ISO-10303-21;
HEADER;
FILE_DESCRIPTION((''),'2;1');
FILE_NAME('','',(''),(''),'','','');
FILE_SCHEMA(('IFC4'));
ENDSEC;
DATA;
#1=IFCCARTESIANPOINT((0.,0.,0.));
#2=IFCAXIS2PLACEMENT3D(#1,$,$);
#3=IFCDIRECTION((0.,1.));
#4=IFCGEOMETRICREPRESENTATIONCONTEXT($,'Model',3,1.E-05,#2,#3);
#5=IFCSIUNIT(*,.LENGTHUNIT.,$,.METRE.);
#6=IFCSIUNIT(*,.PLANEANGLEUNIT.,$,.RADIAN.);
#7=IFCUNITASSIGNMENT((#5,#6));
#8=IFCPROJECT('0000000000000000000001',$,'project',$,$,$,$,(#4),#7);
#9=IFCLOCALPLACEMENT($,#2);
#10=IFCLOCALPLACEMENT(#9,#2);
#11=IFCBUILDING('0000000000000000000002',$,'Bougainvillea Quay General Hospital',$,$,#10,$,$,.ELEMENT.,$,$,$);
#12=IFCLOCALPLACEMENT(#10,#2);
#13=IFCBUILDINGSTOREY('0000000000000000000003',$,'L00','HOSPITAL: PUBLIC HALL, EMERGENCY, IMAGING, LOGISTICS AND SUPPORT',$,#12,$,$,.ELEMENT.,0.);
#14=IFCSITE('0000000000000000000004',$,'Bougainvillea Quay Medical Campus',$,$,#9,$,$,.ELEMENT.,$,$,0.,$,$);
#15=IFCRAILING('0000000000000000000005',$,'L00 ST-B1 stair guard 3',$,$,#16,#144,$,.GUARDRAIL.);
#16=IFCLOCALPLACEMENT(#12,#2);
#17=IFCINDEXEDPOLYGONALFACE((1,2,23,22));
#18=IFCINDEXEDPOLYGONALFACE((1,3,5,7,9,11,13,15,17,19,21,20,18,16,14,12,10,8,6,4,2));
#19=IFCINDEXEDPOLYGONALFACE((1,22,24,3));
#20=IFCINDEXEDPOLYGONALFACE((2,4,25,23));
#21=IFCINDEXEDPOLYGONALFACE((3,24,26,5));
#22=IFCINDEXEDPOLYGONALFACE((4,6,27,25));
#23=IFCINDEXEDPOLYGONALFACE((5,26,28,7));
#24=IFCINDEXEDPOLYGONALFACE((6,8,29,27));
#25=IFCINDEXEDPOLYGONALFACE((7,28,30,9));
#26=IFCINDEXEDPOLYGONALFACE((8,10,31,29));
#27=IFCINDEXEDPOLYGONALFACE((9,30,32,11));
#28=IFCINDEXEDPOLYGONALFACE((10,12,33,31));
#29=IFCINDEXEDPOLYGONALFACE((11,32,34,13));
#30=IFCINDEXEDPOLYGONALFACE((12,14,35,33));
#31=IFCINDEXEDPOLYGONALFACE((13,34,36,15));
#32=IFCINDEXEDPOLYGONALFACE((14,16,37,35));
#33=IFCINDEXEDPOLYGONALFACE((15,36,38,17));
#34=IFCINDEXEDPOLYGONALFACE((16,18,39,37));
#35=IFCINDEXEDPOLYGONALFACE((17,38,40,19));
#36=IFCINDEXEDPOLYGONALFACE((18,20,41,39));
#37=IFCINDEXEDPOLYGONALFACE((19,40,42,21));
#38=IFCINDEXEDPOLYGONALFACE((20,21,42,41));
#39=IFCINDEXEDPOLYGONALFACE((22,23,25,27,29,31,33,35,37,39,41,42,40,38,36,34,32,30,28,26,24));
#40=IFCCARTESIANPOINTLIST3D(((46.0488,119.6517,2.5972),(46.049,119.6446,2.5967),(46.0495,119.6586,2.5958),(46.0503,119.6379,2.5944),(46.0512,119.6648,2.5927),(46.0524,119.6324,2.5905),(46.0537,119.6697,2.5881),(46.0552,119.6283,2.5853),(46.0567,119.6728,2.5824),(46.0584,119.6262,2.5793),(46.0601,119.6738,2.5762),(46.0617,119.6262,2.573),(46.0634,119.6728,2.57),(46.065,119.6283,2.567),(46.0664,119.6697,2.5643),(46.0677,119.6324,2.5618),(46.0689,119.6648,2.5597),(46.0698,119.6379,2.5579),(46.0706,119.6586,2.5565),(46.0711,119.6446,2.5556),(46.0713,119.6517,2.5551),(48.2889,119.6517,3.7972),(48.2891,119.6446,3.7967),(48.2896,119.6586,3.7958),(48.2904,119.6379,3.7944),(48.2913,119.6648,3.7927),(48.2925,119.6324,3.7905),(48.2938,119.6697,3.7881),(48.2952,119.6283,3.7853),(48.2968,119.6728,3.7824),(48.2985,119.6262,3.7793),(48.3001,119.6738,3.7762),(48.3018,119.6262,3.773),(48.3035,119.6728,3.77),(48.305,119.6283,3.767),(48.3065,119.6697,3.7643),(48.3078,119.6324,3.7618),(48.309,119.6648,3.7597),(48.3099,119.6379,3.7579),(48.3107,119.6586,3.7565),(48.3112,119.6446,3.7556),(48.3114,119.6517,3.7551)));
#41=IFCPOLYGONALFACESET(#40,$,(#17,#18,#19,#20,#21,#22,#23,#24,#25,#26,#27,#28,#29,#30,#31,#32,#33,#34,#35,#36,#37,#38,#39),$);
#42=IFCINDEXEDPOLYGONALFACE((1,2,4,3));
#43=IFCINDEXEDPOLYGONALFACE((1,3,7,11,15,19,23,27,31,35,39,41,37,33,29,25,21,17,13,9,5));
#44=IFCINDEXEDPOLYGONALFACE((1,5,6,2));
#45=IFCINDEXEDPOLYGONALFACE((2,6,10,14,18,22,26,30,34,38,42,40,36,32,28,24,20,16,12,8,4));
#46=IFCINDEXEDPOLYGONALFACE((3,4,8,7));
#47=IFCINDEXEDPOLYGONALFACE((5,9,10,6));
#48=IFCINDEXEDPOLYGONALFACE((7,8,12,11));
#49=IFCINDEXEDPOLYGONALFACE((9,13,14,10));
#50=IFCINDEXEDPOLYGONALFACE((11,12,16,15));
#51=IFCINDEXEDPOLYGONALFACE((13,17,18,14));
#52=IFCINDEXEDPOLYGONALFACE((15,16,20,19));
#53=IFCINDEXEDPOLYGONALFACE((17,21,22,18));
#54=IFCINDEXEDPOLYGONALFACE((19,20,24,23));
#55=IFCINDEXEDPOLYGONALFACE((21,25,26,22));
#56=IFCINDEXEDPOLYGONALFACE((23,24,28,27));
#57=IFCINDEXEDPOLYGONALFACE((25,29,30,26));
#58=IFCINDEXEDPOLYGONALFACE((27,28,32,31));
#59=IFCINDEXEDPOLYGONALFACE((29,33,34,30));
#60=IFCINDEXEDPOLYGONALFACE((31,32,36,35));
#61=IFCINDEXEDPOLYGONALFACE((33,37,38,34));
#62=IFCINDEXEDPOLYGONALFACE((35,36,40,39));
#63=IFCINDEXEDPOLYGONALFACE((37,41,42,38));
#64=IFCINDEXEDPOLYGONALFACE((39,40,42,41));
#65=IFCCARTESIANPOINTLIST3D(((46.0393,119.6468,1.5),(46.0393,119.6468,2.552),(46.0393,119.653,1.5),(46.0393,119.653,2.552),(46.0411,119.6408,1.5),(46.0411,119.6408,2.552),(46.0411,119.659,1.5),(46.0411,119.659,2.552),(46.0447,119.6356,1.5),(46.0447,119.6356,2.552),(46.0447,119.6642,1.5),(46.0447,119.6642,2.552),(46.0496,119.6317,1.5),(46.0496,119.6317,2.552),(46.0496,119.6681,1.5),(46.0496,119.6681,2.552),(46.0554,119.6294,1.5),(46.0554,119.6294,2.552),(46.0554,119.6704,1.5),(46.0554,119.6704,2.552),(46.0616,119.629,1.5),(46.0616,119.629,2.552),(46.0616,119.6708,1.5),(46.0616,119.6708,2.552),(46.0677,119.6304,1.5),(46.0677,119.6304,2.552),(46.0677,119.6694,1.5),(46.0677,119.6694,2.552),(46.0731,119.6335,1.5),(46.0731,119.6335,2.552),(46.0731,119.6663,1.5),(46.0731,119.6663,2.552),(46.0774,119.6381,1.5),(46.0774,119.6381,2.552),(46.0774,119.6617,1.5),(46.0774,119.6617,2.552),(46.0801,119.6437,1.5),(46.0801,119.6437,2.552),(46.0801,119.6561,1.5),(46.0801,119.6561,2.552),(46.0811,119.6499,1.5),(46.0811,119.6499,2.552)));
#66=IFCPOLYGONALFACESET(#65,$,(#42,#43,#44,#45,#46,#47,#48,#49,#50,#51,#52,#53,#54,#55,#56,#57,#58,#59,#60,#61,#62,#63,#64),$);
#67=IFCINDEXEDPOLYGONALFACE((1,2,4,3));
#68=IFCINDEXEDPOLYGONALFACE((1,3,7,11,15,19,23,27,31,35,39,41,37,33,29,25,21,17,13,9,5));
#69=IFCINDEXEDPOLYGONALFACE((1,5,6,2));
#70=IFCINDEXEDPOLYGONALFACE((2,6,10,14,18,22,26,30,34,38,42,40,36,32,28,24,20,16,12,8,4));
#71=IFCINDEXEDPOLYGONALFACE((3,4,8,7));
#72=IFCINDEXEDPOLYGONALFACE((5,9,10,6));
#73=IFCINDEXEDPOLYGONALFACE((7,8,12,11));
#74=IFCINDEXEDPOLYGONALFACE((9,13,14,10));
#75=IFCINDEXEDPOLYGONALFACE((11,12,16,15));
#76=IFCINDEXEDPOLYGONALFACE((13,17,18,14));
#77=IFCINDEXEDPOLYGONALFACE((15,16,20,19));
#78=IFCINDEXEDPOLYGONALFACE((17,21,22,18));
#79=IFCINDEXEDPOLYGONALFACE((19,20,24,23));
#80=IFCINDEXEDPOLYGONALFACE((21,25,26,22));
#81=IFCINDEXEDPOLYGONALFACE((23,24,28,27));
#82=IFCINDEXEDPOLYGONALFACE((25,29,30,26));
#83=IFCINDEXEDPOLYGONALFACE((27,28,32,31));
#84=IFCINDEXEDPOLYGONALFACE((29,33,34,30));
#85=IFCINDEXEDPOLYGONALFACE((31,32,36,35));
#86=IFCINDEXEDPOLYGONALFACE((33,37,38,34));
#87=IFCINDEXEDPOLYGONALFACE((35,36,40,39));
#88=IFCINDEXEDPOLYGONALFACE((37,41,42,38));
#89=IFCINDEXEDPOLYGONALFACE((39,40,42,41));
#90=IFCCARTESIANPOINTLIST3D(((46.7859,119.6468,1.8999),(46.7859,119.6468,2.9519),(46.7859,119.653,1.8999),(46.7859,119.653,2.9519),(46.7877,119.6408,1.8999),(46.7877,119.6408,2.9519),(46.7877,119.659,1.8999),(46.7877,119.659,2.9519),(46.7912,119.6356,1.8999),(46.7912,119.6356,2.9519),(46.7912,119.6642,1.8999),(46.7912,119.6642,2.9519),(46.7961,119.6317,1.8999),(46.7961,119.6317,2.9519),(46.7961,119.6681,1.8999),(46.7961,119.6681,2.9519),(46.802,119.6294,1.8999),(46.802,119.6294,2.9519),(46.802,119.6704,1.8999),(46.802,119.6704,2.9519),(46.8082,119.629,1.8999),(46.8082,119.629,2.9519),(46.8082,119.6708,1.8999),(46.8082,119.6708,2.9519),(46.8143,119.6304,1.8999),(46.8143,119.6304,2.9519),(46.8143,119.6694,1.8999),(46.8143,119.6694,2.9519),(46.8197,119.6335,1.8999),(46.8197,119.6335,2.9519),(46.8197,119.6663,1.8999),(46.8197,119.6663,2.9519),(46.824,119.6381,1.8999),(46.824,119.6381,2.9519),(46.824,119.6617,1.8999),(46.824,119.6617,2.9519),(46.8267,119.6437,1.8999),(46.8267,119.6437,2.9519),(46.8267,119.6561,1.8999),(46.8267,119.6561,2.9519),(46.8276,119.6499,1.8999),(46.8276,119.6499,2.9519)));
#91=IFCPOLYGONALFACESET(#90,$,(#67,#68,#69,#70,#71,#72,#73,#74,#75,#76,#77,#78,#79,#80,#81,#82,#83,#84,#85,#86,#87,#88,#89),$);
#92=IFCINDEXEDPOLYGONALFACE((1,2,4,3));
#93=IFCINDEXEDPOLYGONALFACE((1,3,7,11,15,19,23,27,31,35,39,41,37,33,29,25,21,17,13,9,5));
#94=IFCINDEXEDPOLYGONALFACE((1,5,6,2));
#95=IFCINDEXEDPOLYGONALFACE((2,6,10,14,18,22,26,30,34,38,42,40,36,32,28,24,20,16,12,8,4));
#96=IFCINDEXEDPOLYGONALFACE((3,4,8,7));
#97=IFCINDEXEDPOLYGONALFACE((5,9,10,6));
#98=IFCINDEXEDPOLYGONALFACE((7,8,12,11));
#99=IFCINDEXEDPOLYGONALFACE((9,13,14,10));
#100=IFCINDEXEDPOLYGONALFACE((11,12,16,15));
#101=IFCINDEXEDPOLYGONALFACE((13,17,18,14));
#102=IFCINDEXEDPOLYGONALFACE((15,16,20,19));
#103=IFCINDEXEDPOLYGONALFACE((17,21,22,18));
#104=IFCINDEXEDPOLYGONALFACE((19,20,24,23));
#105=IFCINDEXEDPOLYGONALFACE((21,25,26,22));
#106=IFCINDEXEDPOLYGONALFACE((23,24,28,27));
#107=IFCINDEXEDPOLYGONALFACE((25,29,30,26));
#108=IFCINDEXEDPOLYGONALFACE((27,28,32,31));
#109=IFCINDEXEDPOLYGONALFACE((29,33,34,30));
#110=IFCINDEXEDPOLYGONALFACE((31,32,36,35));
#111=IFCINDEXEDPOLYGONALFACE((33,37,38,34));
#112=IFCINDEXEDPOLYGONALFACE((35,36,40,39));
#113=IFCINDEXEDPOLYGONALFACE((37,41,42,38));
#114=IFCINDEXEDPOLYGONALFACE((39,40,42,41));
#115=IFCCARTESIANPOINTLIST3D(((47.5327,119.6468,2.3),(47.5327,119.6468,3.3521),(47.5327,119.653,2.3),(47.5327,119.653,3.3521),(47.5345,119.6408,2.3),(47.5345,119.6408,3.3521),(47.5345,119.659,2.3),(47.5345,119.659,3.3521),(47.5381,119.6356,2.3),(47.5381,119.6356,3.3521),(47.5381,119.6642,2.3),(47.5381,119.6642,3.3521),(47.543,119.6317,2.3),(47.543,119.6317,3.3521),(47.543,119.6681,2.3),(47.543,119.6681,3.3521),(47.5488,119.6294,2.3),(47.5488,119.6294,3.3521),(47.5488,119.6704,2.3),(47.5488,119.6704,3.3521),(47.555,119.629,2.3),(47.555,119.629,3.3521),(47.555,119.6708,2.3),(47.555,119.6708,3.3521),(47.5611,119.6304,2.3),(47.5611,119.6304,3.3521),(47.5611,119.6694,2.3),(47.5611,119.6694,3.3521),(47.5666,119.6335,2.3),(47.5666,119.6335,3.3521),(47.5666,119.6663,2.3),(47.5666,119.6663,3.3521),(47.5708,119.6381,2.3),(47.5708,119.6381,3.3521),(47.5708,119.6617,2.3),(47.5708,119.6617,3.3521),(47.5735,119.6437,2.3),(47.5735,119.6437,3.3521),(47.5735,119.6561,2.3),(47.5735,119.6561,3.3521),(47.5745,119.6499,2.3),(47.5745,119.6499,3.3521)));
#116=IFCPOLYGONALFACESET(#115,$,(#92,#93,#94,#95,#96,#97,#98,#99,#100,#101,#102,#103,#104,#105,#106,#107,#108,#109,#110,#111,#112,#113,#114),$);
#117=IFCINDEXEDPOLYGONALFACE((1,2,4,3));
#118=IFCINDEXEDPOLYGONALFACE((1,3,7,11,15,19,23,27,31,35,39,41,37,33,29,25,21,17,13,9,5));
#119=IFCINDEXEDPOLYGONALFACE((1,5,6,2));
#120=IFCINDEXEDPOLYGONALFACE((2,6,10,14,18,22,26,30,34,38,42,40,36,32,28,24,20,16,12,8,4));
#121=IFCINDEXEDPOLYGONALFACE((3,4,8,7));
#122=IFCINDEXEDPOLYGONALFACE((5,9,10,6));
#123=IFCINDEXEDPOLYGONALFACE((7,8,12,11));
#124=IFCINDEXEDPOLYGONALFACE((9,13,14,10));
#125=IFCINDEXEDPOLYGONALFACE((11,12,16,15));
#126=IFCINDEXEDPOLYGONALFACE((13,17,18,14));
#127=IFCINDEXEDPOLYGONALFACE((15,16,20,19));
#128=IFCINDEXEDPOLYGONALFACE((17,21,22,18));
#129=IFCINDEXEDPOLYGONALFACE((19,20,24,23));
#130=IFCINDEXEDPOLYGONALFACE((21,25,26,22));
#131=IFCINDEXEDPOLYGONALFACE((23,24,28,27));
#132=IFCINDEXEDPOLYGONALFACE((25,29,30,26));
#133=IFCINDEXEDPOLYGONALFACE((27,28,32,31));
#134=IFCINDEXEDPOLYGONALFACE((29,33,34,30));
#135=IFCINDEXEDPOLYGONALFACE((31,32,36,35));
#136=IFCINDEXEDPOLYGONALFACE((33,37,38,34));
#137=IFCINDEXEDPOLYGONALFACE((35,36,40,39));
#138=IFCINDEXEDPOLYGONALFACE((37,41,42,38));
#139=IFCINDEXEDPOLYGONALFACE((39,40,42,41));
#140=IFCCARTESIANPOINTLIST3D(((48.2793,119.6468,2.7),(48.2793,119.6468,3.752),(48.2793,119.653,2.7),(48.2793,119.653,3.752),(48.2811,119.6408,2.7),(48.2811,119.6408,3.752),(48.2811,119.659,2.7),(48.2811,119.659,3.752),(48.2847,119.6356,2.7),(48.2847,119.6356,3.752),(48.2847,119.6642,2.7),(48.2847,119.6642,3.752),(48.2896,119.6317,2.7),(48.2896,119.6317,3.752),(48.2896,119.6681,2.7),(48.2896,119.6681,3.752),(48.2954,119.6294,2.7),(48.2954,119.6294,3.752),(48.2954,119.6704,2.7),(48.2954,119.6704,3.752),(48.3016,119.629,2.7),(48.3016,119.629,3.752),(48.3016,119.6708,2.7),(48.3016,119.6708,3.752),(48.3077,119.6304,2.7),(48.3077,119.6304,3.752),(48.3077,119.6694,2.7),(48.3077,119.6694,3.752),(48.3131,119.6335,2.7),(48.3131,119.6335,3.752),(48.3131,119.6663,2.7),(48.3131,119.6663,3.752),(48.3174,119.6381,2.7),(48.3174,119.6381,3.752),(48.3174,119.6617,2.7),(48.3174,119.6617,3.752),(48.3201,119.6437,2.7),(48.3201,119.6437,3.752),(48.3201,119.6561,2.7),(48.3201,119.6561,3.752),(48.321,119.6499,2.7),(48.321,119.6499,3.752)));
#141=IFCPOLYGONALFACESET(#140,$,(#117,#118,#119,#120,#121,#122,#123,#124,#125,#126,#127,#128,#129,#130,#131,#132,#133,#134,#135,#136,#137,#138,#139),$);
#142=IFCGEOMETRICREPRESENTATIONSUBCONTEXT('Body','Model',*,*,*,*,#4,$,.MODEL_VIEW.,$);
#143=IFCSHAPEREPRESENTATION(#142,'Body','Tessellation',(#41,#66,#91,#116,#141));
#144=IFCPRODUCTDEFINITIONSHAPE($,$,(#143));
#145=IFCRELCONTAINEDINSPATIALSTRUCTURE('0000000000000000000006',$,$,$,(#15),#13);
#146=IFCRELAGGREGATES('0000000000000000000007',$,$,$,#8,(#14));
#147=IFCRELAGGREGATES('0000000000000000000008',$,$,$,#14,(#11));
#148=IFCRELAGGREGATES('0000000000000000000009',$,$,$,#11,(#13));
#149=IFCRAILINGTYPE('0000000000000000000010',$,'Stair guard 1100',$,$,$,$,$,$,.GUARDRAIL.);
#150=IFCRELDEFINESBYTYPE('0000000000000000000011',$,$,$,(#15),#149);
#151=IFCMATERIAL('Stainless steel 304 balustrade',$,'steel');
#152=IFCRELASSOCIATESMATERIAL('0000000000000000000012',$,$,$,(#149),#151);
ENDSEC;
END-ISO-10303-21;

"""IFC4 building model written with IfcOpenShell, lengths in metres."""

from ifc_helpers import new_model, si_unit, direction, frame, origin, origin_2d, place, context, subcontext, project, spatial, circle, extrude, material, type_object, element, save


model = new_model("IFC4")

# Units and contexts
model_context = context("Model", 3, precision=1e-05, world=origin(), true_north=direction((0.0, 1.0)))
body_context = subcontext(model_context, "Body", "Model", "MODEL_VIEW")
ifc_project = project(units=[si_unit("LENGTHUNIT", "METRE"), si_unit("PLANEANGLEUNIT", "RADIAN")], contexts=[model_context])

# Site, building, storey
site_placement = place(None, origin())
site = spatial("IfcSite", under=ifc_project, at=site_placement, Name="Bougainvillea Quay Medical Campus", CompositionType="ELEMENT", RefElevation=0.0)
building_placement = place(site_placement, origin())
building = spatial("IfcBuilding", under=site, at=building_placement, Name="Bougainvillea Quay General Hospital", CompositionType="ELEMENT")
storey_placement = place(building_placement, origin())
storey = spatial("IfcBuildingStorey", under=building, at=storey_placement, Name="L00", Description="HOSPITAL: PUBLIC HALL, EMERGENCY, IMAGING, LOGISTICS AND SUPPORT", CompositionType="ELEMENT", Elevation=0.0)

# Railing
ifc_material_1 = material(Name="Stainless steel 304 balustrade", Category="steel")
railing_type_1 = type_object("IfcRailingType", Name="Stair guard 1100", PredefinedType="GUARDRAIL", material=ifc_material_1)
railing_1_placement = place(storey_placement, frame((46.0601, 119.6499, 1.5)))
element("IfcRailing", 1, at=railing_1_placement, inside=storey, type_object=railing_type_1, Name="L00 ST-B1 stair guard 3", PredefinedType="GUARDRAIL", context=body_context, shape_type="SweptSolid", body=[
    extrude(circle(Radius=0.0239, at=origin_2d()), frame((0.0, 0.0, 1.0762), z_axis=(0.881487, 0.0, 0.472208), x_axis=(0.0, 1.0, 0.0)), (0.0, 0.0, 1.0), 2.5413),
    extrude(circle(Radius=0.021, at=origin_2d()), origin(), (0.0, 0.0, 1.0), 1.052),
    extrude(circle(Radius=0.021, at=origin_2d()), frame((0.7466, 0.0, 0.3999)), (0.0, 0.0, 1.0), 1.052),
    extrude(circle(Radius=0.021, at=origin_2d()), frame((1.4934, 0.0, 0.8)), (0.0, 0.0, 1.0), 1.052),
    extrude(circle(Radius=0.021, at=origin_2d()), frame((2.24, 0.0, 1.2)), (0.0, 0.0, 1.0), 1.052),
])

save(model, "model.ifc")
